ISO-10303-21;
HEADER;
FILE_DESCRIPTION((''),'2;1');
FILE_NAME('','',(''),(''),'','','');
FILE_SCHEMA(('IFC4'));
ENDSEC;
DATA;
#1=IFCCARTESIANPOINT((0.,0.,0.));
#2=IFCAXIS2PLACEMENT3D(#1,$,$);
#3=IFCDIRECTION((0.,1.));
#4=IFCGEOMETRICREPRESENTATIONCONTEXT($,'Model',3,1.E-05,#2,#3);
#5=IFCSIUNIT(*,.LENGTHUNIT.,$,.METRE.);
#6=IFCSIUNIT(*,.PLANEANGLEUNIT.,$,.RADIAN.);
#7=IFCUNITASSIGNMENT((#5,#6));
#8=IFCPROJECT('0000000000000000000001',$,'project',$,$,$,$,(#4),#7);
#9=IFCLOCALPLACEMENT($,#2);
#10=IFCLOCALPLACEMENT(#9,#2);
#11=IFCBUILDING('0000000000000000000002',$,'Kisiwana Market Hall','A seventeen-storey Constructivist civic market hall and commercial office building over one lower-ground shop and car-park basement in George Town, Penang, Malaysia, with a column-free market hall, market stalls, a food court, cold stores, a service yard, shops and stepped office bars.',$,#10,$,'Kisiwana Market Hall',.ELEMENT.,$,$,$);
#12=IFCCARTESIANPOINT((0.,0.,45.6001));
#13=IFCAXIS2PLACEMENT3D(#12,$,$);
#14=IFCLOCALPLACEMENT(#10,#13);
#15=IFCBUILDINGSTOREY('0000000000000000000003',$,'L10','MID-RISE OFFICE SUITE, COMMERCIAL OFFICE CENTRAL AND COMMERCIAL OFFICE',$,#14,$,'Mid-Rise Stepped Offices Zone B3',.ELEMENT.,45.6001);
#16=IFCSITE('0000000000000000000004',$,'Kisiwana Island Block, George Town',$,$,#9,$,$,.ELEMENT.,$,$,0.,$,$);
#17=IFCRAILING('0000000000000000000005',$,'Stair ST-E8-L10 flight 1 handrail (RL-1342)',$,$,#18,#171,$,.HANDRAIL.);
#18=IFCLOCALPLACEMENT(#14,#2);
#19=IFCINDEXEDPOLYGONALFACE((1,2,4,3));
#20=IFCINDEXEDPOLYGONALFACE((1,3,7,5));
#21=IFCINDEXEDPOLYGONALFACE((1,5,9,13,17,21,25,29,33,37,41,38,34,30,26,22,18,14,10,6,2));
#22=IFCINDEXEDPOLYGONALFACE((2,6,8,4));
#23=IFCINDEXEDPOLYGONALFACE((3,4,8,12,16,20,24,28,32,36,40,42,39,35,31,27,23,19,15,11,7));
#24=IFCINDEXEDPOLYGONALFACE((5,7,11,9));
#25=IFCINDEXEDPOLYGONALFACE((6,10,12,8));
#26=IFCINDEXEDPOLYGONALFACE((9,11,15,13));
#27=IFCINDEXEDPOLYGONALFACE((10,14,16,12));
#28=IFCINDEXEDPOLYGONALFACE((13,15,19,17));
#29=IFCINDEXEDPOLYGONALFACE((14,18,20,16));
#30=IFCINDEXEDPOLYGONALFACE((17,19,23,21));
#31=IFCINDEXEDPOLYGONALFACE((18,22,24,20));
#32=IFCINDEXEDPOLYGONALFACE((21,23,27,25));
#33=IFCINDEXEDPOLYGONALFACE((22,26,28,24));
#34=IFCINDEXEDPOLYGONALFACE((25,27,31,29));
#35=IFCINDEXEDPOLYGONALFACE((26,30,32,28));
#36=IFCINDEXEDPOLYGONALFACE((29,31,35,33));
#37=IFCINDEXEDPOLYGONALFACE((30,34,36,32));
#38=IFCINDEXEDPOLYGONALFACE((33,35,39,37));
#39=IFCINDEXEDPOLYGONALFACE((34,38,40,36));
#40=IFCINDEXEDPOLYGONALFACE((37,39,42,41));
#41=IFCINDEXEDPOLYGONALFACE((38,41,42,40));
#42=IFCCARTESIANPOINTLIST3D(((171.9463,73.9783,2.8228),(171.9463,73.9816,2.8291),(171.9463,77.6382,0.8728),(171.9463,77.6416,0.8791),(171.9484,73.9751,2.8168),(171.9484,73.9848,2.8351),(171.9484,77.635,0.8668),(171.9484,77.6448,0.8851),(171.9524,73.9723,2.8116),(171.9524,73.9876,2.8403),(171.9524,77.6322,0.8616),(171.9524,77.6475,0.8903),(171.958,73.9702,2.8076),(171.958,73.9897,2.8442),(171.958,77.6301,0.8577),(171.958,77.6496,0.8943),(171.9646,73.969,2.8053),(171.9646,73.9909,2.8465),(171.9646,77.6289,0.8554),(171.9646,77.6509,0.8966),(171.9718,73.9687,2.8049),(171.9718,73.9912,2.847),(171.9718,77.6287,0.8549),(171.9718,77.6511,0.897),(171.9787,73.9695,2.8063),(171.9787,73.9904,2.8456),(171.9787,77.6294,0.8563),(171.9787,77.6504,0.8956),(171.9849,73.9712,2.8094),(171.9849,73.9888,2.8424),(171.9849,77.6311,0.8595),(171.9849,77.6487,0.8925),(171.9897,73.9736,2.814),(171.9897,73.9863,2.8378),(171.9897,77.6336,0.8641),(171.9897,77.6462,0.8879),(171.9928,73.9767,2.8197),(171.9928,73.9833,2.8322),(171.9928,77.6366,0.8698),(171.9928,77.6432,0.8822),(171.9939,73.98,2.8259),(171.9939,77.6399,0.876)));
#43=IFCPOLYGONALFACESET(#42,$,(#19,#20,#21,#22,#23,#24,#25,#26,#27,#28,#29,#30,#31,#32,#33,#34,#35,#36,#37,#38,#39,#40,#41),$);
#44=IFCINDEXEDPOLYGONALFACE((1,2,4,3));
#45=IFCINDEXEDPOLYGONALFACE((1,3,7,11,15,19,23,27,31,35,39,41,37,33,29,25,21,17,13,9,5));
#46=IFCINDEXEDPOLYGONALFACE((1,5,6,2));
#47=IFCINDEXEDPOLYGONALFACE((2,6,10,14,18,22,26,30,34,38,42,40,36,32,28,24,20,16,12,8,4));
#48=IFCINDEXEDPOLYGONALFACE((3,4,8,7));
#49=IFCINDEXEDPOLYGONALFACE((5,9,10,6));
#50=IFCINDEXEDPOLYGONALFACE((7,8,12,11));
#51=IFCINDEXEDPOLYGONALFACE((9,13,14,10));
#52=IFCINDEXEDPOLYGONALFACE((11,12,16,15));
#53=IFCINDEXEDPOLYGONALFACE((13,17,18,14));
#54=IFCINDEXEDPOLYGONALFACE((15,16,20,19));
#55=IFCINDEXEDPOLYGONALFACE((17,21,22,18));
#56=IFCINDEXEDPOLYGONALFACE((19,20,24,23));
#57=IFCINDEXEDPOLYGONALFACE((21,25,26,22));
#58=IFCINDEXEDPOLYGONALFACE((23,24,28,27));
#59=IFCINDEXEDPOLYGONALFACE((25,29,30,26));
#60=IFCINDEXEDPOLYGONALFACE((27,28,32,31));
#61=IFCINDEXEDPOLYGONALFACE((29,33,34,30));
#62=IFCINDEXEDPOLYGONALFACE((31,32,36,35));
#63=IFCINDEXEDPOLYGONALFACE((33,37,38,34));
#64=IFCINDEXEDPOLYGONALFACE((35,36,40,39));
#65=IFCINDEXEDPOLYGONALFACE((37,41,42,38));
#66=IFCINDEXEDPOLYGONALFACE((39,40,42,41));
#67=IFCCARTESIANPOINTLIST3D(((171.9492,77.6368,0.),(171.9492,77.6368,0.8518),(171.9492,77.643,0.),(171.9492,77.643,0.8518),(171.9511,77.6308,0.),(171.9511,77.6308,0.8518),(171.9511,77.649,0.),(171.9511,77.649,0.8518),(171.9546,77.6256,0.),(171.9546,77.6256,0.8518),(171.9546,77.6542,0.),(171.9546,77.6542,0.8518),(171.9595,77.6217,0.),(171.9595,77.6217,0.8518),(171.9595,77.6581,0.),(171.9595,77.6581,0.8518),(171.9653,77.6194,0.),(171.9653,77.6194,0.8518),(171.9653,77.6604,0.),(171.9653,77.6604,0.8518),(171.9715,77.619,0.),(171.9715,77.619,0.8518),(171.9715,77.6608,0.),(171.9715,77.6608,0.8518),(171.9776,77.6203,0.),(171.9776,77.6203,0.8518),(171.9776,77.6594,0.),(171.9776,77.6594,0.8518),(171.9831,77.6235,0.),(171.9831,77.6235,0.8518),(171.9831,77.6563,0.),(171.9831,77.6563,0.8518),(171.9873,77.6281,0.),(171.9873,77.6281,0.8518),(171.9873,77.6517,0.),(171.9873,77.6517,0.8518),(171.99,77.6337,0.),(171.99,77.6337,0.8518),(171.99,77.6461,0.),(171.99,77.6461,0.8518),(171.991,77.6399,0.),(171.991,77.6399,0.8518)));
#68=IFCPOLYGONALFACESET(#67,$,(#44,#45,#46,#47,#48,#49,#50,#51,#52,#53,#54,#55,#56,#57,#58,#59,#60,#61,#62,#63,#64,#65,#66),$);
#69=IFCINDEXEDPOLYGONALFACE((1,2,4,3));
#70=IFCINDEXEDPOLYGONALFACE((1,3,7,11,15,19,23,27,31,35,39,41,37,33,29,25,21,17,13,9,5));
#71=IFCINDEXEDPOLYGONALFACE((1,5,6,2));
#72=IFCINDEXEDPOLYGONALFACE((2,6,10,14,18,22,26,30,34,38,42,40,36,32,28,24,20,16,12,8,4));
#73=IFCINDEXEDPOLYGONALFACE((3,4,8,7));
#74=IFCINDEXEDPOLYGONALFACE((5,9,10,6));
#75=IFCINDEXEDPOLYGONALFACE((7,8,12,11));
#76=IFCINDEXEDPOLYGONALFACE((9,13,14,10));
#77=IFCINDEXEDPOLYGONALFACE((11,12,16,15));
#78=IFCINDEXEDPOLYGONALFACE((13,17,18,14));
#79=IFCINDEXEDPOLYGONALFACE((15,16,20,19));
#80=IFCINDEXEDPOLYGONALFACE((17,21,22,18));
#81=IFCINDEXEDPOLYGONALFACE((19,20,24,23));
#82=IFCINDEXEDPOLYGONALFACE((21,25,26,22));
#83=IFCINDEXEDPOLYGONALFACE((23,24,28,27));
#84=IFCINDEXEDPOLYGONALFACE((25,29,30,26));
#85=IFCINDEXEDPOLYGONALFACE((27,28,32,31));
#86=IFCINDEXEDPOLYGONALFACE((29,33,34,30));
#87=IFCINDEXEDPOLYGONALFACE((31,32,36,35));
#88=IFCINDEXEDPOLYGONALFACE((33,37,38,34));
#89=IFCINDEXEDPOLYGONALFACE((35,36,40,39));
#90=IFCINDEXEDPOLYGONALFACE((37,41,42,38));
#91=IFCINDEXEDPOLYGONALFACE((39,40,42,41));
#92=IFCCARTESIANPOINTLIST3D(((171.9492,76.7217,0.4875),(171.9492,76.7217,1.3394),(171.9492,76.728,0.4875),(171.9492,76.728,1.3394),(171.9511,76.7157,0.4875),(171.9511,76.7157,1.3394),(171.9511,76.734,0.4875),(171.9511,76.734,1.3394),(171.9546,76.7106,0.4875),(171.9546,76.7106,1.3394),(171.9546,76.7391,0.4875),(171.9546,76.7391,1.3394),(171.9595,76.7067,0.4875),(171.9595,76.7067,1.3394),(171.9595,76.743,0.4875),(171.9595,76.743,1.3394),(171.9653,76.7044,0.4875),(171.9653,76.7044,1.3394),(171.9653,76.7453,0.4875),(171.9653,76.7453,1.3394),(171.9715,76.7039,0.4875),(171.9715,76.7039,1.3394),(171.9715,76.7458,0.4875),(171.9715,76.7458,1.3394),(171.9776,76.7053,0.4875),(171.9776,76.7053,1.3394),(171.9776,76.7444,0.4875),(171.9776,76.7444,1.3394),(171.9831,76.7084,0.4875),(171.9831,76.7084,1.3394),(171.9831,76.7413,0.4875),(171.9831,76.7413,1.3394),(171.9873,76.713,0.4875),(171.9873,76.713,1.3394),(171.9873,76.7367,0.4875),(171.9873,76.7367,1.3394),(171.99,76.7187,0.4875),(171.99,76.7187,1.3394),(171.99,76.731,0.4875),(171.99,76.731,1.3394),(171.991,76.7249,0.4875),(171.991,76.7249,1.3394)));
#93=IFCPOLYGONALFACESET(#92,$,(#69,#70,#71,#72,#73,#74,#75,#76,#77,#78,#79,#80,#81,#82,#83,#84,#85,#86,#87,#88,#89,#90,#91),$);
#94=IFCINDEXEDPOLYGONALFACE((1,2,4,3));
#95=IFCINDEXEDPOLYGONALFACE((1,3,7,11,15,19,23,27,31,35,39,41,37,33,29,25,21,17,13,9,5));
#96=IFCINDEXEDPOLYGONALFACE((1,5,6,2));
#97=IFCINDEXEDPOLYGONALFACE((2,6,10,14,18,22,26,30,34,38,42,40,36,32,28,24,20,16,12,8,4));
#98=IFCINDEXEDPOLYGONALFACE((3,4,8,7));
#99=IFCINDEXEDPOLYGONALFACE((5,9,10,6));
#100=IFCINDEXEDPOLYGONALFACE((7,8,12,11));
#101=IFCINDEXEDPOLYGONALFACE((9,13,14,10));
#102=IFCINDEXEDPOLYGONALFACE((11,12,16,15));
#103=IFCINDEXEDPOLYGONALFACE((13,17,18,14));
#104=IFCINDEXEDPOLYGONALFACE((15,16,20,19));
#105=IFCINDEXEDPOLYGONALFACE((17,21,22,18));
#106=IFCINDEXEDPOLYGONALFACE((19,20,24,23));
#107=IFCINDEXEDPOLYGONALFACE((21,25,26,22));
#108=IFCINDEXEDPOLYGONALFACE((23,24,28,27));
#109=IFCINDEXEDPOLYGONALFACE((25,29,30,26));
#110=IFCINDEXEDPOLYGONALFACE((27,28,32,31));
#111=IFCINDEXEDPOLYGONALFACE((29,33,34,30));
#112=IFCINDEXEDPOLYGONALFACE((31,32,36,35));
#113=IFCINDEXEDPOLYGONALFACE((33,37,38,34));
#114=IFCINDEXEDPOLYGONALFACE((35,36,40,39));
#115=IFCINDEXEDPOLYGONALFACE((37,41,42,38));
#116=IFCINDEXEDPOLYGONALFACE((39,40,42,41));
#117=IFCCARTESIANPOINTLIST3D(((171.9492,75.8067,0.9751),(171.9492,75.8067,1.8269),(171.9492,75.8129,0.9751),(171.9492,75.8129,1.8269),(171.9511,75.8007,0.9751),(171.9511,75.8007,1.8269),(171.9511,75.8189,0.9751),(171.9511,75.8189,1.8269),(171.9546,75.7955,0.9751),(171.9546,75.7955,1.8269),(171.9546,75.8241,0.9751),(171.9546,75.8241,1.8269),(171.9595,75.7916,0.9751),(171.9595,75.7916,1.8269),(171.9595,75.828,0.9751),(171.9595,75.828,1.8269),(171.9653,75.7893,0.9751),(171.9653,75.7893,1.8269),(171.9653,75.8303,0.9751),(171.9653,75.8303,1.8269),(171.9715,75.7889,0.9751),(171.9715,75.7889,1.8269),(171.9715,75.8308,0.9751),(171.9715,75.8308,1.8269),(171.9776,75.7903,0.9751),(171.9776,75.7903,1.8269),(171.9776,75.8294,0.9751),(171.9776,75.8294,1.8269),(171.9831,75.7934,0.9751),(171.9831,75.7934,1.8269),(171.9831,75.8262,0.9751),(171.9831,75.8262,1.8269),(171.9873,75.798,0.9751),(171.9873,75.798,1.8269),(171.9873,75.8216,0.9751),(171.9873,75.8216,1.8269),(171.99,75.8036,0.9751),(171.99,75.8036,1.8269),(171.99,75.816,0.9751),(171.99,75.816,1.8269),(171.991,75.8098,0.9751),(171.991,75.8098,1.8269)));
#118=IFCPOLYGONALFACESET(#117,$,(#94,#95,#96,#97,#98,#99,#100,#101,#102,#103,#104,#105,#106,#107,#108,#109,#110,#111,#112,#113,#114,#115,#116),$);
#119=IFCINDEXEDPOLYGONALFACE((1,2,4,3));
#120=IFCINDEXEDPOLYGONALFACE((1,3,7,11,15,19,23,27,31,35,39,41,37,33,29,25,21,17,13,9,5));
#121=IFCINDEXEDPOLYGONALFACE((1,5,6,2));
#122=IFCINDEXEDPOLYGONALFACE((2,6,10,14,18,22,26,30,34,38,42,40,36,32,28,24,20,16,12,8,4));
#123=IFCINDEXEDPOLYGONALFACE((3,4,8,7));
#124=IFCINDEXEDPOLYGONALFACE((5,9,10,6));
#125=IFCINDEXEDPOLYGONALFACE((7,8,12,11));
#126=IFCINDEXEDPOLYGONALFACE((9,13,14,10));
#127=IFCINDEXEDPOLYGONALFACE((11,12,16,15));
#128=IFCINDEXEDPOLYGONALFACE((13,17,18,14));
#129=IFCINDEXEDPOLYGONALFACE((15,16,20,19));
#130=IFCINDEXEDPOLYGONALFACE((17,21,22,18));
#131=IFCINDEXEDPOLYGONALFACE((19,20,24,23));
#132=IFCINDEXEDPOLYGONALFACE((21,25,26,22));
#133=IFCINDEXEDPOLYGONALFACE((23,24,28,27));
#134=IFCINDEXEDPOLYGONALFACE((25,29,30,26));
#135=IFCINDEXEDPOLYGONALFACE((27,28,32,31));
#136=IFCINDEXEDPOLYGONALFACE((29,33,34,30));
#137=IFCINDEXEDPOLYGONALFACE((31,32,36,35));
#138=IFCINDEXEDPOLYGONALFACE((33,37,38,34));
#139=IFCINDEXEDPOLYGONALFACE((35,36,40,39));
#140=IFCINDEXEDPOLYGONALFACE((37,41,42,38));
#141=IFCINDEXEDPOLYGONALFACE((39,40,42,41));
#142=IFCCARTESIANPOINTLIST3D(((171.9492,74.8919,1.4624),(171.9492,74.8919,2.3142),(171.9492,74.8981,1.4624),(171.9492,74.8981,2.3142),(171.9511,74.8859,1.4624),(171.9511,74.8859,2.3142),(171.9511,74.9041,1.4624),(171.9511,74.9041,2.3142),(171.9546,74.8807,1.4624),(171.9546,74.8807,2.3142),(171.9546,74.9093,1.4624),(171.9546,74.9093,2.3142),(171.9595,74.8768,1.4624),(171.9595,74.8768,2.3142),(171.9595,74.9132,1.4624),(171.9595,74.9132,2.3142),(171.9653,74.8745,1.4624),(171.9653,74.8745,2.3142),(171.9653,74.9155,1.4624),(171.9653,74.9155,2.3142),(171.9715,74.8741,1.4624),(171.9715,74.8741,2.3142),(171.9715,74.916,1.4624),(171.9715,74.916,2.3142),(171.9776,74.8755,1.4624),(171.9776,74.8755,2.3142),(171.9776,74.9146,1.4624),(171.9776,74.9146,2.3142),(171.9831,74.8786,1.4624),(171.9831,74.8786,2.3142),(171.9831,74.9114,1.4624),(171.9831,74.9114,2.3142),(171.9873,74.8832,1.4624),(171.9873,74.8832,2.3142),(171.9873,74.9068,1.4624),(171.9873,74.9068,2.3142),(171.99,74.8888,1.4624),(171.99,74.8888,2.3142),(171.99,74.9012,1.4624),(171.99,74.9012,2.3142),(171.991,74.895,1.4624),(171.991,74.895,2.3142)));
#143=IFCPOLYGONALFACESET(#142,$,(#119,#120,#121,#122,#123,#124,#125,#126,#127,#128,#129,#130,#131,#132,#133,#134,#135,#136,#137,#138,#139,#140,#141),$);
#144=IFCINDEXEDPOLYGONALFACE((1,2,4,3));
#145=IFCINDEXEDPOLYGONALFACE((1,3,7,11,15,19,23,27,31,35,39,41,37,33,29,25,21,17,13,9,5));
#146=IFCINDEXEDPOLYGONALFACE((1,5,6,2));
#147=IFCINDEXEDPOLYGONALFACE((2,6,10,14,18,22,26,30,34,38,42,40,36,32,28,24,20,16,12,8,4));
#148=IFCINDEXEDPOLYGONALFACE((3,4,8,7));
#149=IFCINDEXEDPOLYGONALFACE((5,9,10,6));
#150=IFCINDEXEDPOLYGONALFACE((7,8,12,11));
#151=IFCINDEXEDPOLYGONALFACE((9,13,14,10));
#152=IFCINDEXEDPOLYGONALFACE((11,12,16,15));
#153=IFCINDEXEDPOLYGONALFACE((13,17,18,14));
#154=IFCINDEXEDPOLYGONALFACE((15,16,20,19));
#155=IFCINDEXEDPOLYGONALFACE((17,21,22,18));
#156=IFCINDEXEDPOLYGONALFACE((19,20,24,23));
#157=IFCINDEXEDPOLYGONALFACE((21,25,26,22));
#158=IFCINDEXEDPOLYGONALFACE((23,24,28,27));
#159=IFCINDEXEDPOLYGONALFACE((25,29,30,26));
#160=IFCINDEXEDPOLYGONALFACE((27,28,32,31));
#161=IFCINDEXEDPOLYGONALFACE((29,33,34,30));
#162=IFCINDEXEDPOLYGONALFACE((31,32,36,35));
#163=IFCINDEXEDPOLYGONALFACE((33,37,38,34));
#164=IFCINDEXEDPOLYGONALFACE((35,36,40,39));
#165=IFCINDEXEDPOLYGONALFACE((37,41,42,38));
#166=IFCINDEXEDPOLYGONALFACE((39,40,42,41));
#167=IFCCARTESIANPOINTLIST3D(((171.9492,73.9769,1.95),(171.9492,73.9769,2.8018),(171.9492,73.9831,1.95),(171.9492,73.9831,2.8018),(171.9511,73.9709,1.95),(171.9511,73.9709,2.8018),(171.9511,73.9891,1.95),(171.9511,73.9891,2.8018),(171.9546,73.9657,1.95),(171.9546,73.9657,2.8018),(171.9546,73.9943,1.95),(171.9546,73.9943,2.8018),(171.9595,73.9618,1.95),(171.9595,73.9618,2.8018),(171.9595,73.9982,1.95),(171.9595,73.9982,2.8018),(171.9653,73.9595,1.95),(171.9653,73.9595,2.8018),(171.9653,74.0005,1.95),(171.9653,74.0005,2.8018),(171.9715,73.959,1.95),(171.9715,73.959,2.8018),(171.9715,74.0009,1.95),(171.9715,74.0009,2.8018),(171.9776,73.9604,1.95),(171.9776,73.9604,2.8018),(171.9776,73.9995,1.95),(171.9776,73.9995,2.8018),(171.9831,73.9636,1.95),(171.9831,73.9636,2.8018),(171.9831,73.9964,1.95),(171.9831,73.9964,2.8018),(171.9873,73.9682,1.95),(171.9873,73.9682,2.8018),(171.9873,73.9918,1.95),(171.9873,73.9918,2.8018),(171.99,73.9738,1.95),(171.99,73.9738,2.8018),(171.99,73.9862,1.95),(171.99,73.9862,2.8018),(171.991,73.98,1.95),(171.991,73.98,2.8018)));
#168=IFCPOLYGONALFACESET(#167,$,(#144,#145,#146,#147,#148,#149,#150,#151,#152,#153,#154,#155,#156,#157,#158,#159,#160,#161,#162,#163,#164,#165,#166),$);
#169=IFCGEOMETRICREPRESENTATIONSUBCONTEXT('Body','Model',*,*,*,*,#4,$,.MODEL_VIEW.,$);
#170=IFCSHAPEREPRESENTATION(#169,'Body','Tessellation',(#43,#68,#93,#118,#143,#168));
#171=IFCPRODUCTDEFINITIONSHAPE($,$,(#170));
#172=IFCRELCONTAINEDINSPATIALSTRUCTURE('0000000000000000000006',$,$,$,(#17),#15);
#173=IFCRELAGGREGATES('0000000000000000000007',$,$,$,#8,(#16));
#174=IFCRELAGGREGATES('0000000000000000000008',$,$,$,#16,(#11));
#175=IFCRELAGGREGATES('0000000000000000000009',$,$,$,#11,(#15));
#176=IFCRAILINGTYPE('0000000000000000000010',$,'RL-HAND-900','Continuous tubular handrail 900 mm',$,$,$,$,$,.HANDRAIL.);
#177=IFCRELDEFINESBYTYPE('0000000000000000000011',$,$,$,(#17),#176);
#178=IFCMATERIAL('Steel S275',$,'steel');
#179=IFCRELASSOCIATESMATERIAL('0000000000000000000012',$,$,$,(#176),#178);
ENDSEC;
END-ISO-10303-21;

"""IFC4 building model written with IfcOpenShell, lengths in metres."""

from ifc_helpers import new_model, si_unit, direction, frame, origin, origin_2d, place, context, subcontext, project, spatial, circle, extrude, material, type_object, element, save


model = new_model("IFC4")

# Units and contexts
model_context = context("Model", 3, precision=1e-05, world=origin(), true_north=direction((0.0, 1.0)))
body_context = subcontext(model_context, "Body", "Model", "MODEL_VIEW")
ifc_project = project(units=[si_unit("LENGTHUNIT", "METRE"), si_unit("PLANEANGLEUNIT", "RADIAN")], contexts=[model_context])

# Site, building, storey
site_placement = place(None, origin())
site = spatial("IfcSite", under=ifc_project, at=site_placement, Name="Kisiwana Island Block, George Town", CompositionType="ELEMENT", RefElevation=0.0)
building_placement = place(site_placement, origin())
building = spatial("IfcBuilding", under=site, at=building_placement, Name="Kisiwana Market Hall", Description="A seventeen-storey Constructivist civic market hall and commercial office building over one lower-ground shop and car-park basement in George Town, Penang, Malaysia, with a column-free market hall, market stalls, a food court, cold stores, a service yard, shops and stepped office bars.", LongName="Kisiwana Market Hall", CompositionType="ELEMENT")
storey_placement = place(building_placement, frame((0.0, 0.0, 45.6001)))
storey = spatial("IfcBuildingStorey", under=building, at=storey_placement, Name="L10", Description="MID-RISE OFFICE SUITE, COMMERCIAL OFFICE CENTRAL AND COMMERCIAL OFFICE", LongName="Mid-Rise Stepped Offices Zone B3", CompositionType="ELEMENT", Elevation=45.6001)

# Railing
ifc_material_1 = material(Name="Steel S275", Category="steel")
railing_type_1 = type_object("IfcRailingType", Name="RL-HAND-900", Description="Continuous tubular handrail 900 mm", PredefinedType="HANDRAIL", material=ifc_material_1)
railing_1_placement = place(storey_placement, frame((171.97, 77.6399, 0.0)))
element("IfcRailing", 1, at=railing_1_placement, inside=storey, type_object=railing_type_1, Name="Stair ST-E8-L10 flight 1 handrail (RL-1342)", PredefinedType="HANDRAIL", context=body_context, shape_type="SweptSolid", body=[
    extrude(circle(Radius=0.0239, at=origin_2d()), frame((0.0, 0.0, 0.876), z_axis=(0.0, -0.882553, 0.470212), x_axis=(1.0, 0.0, 0.0)), (0.0, 0.0, 1.0), 4.147),
    extrude(circle(Radius=0.021, at=origin_2d()), origin(), (0.0, 0.0, 1.0), 0.8518),
    extrude(circle(Radius=0.021, at=origin_2d()), frame((0.0, -0.915, 0.4875)), (0.0, 0.0, 1.0), 0.8518),
    extrude(circle(Radius=0.021, at=origin_2d()), frame((0.0, -1.8301, 0.9751)), (0.0, 0.0, 1.0), 0.8518),
    extrude(circle(Radius=0.021, at=origin_2d()), frame((0.0, -2.7449, 1.4624)), (0.0, 0.0, 1.0), 0.8518),
    extrude(circle(Radius=0.021, at=origin_2d()), frame((0.0, -3.6599, 1.95)), (0.0, 0.0, 1.0), 0.8518),
])

save(model, "model.ifc")
